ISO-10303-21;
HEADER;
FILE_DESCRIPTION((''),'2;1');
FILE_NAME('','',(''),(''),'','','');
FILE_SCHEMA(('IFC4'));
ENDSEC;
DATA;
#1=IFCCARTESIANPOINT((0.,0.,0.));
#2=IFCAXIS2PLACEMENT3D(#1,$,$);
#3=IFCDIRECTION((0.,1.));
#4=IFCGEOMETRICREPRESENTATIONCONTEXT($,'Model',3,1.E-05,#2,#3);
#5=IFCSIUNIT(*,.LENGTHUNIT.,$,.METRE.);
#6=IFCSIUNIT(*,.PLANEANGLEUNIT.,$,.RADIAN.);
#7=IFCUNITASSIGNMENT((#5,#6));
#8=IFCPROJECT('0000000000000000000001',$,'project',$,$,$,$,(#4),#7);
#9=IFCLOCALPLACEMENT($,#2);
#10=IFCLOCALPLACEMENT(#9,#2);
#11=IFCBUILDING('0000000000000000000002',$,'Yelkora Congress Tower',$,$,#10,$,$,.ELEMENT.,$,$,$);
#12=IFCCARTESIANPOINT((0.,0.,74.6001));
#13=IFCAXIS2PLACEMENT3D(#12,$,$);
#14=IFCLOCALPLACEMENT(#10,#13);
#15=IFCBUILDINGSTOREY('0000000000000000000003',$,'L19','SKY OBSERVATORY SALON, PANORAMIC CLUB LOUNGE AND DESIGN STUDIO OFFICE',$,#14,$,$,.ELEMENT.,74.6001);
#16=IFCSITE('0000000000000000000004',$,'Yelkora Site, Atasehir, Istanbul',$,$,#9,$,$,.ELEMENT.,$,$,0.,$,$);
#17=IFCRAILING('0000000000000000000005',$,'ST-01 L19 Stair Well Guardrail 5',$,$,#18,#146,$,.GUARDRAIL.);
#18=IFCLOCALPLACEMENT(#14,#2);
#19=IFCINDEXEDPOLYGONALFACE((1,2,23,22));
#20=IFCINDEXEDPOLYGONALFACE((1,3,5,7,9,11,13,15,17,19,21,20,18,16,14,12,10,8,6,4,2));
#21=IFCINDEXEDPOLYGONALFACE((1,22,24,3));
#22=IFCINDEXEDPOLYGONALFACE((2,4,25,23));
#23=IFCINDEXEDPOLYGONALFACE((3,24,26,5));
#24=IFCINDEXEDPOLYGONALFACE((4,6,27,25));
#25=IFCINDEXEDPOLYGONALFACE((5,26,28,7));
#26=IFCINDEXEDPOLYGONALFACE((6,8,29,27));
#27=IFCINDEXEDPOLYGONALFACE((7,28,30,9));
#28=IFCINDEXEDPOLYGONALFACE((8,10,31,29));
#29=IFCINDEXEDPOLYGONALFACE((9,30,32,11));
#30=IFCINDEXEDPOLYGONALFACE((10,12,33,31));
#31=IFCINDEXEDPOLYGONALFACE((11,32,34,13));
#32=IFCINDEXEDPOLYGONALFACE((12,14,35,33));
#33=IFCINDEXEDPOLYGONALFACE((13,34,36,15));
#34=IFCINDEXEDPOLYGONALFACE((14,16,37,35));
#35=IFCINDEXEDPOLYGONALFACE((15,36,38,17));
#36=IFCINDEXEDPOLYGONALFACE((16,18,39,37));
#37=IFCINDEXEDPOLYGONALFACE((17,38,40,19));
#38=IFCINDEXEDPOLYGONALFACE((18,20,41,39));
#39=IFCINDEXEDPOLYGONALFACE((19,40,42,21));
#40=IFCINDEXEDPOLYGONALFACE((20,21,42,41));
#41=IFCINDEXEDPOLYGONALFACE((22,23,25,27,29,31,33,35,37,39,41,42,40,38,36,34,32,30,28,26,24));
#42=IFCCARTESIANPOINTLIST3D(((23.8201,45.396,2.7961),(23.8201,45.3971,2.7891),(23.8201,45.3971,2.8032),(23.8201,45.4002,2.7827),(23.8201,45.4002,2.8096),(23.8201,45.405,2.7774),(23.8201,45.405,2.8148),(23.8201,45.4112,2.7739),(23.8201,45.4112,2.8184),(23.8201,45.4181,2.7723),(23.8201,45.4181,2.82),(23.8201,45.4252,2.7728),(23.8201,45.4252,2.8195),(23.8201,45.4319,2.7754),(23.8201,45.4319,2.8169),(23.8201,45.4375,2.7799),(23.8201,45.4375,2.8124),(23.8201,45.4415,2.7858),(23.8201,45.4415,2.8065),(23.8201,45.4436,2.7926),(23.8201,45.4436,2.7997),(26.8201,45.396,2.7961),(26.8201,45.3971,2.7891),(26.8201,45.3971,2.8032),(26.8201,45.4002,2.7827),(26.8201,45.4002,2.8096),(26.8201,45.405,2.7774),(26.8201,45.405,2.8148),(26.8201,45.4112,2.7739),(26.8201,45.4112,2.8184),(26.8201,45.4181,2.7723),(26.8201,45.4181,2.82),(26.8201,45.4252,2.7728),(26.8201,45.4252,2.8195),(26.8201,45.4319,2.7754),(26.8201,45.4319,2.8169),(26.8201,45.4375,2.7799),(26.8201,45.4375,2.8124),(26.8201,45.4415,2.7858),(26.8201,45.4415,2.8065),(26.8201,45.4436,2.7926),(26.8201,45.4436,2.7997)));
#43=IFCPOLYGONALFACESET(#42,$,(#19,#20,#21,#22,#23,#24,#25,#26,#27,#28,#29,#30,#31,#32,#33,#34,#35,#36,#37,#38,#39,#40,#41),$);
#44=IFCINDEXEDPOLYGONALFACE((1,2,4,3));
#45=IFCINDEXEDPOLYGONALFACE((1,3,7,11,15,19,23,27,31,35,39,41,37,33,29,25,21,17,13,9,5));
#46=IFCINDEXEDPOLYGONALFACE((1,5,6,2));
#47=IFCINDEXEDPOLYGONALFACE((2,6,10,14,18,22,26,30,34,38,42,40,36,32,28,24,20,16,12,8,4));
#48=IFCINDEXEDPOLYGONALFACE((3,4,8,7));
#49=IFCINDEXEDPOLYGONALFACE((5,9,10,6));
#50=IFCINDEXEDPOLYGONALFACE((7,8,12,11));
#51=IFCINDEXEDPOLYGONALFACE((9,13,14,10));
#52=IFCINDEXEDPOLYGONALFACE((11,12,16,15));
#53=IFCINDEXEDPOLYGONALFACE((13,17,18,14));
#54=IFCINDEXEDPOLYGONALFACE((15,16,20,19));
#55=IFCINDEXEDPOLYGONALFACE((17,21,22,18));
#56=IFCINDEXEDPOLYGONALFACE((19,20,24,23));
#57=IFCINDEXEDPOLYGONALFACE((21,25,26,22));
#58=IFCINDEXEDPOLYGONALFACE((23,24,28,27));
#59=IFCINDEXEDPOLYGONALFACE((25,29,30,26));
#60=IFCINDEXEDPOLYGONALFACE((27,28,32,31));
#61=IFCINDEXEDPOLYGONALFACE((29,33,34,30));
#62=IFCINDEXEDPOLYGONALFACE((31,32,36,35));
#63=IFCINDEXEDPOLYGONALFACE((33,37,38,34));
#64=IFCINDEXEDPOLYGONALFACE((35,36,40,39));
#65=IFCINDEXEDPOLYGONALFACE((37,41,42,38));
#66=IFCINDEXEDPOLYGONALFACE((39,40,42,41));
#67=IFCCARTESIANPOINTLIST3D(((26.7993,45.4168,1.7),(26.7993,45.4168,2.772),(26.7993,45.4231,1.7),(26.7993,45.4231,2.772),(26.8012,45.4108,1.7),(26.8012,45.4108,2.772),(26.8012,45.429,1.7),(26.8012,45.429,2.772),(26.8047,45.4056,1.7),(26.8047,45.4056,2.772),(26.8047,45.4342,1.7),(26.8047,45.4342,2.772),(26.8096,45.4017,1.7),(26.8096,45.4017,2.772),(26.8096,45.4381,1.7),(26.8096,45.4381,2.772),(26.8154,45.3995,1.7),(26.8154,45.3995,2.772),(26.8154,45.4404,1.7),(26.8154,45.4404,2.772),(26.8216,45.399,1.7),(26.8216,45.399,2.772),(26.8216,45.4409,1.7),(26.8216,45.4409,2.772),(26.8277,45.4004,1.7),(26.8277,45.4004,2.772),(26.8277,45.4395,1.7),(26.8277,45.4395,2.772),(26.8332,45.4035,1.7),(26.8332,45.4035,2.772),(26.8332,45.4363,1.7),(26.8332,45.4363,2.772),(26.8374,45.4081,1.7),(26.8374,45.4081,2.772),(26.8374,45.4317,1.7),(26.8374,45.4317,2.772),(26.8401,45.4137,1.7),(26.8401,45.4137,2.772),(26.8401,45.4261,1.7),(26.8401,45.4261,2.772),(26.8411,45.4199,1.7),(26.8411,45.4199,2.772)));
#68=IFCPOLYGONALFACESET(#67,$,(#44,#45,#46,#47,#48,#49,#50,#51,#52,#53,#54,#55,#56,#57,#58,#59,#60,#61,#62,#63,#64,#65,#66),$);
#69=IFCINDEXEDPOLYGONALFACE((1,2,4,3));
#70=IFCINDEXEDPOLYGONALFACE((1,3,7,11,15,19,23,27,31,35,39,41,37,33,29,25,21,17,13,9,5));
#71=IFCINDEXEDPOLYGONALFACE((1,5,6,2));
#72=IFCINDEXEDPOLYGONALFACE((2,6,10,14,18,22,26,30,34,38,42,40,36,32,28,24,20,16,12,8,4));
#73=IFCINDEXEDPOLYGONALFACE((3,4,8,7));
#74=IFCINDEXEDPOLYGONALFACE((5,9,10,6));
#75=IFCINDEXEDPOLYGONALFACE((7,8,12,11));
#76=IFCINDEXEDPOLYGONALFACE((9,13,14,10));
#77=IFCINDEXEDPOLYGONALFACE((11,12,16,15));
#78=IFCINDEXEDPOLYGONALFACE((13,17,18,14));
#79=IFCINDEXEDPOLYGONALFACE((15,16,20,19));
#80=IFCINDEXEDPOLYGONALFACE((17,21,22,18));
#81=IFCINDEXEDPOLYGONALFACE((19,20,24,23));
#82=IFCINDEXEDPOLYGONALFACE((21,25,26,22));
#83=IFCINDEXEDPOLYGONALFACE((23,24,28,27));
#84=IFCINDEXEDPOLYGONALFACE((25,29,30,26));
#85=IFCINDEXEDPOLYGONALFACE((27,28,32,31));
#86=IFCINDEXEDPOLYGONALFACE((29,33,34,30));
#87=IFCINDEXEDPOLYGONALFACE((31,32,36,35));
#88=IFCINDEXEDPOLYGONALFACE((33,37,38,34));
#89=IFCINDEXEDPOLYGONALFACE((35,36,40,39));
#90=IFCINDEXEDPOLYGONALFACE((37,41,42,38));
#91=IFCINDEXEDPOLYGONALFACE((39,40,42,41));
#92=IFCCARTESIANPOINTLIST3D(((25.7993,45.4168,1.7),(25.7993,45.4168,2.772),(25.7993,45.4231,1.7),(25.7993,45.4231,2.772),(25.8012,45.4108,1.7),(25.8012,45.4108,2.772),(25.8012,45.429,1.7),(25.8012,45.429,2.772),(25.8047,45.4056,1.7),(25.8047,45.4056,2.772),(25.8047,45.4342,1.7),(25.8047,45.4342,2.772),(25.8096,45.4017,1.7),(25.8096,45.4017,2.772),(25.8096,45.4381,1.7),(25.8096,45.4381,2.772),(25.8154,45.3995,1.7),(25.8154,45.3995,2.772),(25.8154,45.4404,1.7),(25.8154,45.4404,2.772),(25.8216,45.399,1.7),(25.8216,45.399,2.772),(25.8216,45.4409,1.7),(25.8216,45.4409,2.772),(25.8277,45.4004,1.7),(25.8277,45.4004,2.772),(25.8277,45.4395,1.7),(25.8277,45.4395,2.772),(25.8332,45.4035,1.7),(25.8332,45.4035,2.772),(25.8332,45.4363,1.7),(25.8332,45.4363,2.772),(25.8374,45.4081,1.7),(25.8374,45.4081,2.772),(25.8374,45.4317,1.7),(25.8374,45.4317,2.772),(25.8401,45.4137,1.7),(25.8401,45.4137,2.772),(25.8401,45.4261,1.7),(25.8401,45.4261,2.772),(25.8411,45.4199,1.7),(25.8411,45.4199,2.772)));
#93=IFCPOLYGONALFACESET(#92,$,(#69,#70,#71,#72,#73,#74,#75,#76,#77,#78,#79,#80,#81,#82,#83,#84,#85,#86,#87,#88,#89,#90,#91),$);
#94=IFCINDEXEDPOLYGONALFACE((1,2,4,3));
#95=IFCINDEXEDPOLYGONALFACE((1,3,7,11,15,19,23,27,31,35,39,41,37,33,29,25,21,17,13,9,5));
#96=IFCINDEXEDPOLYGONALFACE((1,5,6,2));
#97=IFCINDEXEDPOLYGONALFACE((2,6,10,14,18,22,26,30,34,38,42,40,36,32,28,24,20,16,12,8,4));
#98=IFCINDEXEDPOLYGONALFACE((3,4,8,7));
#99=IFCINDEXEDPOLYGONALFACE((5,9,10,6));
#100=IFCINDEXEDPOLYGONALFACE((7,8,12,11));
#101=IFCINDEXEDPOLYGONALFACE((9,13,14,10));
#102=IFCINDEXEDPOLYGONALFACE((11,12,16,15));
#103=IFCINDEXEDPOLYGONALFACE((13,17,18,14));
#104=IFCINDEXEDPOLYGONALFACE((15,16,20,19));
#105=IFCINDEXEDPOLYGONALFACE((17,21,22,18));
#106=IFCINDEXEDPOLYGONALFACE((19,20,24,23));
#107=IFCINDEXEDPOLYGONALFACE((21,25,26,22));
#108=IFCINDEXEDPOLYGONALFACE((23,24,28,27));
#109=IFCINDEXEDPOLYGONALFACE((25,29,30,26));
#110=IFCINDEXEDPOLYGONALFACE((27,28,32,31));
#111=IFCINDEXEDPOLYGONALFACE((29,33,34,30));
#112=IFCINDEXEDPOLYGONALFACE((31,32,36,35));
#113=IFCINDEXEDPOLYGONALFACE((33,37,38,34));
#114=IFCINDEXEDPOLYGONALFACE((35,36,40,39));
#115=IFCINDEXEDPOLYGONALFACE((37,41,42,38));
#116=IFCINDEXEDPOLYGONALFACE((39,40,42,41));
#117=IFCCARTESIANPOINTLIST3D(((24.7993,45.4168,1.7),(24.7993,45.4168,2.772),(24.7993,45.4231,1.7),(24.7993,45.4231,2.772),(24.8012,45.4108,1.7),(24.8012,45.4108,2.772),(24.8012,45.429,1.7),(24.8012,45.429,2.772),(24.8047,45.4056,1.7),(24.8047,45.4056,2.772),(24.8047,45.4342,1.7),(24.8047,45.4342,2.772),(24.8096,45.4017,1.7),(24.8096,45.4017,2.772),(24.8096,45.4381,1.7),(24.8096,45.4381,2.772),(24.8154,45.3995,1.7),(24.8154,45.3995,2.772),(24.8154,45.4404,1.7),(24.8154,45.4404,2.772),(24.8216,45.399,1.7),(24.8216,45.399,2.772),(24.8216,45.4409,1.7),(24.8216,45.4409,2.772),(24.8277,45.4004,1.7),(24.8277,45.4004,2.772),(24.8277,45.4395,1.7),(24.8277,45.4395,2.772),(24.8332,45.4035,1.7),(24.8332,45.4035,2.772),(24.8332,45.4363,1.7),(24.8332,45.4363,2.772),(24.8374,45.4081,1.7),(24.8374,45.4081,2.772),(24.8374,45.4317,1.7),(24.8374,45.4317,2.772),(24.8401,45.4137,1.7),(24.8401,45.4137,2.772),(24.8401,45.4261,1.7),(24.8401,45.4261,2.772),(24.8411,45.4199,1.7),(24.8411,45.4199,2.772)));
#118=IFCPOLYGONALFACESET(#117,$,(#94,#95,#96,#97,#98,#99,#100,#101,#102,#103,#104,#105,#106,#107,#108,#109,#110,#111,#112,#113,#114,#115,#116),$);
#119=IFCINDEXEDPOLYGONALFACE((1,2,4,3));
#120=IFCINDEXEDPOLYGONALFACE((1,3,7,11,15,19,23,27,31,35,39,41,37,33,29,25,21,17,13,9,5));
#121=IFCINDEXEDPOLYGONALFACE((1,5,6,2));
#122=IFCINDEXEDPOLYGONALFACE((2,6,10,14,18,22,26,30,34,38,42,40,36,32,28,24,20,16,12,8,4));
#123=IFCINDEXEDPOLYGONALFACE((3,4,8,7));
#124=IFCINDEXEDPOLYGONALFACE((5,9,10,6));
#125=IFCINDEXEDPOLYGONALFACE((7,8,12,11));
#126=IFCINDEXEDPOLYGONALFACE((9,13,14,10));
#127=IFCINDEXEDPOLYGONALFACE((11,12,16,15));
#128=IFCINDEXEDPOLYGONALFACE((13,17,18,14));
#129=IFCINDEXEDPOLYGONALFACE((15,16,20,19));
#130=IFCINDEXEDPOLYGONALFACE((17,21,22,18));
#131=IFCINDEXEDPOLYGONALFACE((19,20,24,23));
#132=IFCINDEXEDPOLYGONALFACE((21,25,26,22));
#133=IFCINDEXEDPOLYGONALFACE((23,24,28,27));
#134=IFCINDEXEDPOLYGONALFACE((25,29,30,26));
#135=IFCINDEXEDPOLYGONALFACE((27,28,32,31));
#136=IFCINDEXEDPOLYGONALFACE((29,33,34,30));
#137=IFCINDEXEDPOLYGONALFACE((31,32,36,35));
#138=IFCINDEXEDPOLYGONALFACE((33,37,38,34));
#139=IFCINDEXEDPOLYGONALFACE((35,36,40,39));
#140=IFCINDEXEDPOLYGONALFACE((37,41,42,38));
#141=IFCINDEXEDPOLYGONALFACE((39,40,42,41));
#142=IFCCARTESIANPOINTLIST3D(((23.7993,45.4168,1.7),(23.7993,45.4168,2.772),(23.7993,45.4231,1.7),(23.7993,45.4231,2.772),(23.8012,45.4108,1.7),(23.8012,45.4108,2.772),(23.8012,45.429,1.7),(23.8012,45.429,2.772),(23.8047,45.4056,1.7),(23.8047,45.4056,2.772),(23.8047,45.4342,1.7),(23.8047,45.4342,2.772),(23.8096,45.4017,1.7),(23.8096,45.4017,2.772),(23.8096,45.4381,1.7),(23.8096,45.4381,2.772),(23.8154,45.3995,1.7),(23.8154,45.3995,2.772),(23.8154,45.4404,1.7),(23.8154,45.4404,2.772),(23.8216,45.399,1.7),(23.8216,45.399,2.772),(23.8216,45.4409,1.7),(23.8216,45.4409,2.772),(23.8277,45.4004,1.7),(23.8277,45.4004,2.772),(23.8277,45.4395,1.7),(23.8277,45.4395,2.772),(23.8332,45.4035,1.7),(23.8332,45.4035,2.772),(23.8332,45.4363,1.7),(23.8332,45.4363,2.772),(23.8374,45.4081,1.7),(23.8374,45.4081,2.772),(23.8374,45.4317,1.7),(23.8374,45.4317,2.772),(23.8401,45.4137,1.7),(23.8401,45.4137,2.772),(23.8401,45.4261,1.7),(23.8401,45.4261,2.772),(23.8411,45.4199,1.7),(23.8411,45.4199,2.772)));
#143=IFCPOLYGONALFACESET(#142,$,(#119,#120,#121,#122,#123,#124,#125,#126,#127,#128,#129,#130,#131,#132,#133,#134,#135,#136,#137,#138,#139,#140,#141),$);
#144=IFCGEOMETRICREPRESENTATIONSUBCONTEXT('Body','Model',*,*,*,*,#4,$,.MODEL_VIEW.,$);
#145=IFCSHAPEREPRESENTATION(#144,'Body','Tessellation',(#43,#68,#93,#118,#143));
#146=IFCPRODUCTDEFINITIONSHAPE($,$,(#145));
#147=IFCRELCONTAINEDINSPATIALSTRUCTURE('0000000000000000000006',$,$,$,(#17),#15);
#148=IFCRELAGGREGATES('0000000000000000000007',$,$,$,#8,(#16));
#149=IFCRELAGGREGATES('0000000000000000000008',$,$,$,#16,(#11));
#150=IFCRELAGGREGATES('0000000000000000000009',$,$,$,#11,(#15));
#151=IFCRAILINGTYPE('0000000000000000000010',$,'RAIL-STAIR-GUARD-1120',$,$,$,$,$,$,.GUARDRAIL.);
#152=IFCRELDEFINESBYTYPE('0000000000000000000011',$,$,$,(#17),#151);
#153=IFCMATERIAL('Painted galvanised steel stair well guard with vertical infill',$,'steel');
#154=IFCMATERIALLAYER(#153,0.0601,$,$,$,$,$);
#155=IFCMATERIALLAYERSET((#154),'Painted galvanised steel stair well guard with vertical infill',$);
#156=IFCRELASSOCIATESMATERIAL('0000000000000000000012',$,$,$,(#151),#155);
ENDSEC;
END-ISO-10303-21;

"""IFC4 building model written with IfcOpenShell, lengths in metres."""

from ifc_helpers import new_model, si_unit, direction, frame, origin, origin_2d, place, context, subcontext, project, spatial, circle, extrude, material, layer, layer_set, type_object, element, save


model = new_model("IFC4")

# Units and contexts
model_context = context("Model", 3, precision=1e-05, world=origin(), true_north=direction((0.0, 1.0)))
body_context = subcontext(model_context, "Body", "Model", "MODEL_VIEW")
ifc_project = project(units=[si_unit("LENGTHUNIT", "METRE"), si_unit("PLANEANGLEUNIT", "RADIAN")], contexts=[model_context])

# Site, building, storey
site_placement = place(None, origin())
site = spatial("IfcSite", under=ifc_project, at=site_placement, Name="Yelkora Site, Atasehir, Istanbul", CompositionType="ELEMENT", RefElevation=0.0)
building_placement = place(site_placement, origin())
building = spatial("IfcBuilding", under=site, at=building_placement, Name="Yelkora Congress Tower", CompositionType="ELEMENT")
storey_placement = place(building_placement, frame((0.0, 0.0, 74.6001)))
storey = spatial("IfcBuildingStorey", under=building, at=storey_placement, Name="L19", Description="SKY OBSERVATORY SALON, PANORAMIC CLUB LOUNGE AND DESIGN STUDIO OFFICE", CompositionType="ELEMENT", Elevation=74.6001)

# Railing
ifc_material_1 = material(Name="Painted galvanised steel stair well guard with vertical infill", Category="steel")
ifc_layer_1 = layer(ifc_material_1, 0.0601)
ifc_layer_set_1 = layer_set([ifc_layer_1], Name="Painted galvanised steel stair well guard with vertical infill")
railing_type_1 = type_object("IfcRailingType", Name="RAIL-STAIR-GUARD-1120", PredefinedType="GUARDRAIL", material=ifc_layer_set_1)
railing_1_placement = place(storey_placement, frame((26.8201, 45.4199, 1.7)))
element("IfcRailing", 1, at=railing_1_placement, inside=storey, type_object=railing_type_1, Name="ST-01 L19 Stair Well Guardrail 5", PredefinedType="GUARDRAIL", context=body_context, shape_type="SweptSolid", body=[
    extrude(circle(Radius=0.0239, at=origin_2d()), frame((0.0, 0.0, 1.0962), z_axis=(-1.0, 0.0, 0.0), x_axis=(0.0, -1.0, 0.0)), (0.0, 0.0, 1.0), 3.0),
    extrude(circle(Radius=0.021, at=origin_2d()), origin(), (0.0, 0.0, 1.0), 1.072),
    extrude(circle(Radius=0.021, at=origin_2d()), frame((-1.0, 0.0, 0.0)), (0.0, 0.0, 1.0), 1.072),
    extrude(circle(Radius=0.021, at=origin_2d()), frame((-2.0, 0.0, 0.0)), (0.0, 0.0, 1.0), 1.072),
    extrude(circle(Radius=0.021, at=origin_2d()), frame((-3.0, 0.0, 0.0)), (0.0, 0.0, 1.0), 1.072),
])

save(model, "model.ifc")
